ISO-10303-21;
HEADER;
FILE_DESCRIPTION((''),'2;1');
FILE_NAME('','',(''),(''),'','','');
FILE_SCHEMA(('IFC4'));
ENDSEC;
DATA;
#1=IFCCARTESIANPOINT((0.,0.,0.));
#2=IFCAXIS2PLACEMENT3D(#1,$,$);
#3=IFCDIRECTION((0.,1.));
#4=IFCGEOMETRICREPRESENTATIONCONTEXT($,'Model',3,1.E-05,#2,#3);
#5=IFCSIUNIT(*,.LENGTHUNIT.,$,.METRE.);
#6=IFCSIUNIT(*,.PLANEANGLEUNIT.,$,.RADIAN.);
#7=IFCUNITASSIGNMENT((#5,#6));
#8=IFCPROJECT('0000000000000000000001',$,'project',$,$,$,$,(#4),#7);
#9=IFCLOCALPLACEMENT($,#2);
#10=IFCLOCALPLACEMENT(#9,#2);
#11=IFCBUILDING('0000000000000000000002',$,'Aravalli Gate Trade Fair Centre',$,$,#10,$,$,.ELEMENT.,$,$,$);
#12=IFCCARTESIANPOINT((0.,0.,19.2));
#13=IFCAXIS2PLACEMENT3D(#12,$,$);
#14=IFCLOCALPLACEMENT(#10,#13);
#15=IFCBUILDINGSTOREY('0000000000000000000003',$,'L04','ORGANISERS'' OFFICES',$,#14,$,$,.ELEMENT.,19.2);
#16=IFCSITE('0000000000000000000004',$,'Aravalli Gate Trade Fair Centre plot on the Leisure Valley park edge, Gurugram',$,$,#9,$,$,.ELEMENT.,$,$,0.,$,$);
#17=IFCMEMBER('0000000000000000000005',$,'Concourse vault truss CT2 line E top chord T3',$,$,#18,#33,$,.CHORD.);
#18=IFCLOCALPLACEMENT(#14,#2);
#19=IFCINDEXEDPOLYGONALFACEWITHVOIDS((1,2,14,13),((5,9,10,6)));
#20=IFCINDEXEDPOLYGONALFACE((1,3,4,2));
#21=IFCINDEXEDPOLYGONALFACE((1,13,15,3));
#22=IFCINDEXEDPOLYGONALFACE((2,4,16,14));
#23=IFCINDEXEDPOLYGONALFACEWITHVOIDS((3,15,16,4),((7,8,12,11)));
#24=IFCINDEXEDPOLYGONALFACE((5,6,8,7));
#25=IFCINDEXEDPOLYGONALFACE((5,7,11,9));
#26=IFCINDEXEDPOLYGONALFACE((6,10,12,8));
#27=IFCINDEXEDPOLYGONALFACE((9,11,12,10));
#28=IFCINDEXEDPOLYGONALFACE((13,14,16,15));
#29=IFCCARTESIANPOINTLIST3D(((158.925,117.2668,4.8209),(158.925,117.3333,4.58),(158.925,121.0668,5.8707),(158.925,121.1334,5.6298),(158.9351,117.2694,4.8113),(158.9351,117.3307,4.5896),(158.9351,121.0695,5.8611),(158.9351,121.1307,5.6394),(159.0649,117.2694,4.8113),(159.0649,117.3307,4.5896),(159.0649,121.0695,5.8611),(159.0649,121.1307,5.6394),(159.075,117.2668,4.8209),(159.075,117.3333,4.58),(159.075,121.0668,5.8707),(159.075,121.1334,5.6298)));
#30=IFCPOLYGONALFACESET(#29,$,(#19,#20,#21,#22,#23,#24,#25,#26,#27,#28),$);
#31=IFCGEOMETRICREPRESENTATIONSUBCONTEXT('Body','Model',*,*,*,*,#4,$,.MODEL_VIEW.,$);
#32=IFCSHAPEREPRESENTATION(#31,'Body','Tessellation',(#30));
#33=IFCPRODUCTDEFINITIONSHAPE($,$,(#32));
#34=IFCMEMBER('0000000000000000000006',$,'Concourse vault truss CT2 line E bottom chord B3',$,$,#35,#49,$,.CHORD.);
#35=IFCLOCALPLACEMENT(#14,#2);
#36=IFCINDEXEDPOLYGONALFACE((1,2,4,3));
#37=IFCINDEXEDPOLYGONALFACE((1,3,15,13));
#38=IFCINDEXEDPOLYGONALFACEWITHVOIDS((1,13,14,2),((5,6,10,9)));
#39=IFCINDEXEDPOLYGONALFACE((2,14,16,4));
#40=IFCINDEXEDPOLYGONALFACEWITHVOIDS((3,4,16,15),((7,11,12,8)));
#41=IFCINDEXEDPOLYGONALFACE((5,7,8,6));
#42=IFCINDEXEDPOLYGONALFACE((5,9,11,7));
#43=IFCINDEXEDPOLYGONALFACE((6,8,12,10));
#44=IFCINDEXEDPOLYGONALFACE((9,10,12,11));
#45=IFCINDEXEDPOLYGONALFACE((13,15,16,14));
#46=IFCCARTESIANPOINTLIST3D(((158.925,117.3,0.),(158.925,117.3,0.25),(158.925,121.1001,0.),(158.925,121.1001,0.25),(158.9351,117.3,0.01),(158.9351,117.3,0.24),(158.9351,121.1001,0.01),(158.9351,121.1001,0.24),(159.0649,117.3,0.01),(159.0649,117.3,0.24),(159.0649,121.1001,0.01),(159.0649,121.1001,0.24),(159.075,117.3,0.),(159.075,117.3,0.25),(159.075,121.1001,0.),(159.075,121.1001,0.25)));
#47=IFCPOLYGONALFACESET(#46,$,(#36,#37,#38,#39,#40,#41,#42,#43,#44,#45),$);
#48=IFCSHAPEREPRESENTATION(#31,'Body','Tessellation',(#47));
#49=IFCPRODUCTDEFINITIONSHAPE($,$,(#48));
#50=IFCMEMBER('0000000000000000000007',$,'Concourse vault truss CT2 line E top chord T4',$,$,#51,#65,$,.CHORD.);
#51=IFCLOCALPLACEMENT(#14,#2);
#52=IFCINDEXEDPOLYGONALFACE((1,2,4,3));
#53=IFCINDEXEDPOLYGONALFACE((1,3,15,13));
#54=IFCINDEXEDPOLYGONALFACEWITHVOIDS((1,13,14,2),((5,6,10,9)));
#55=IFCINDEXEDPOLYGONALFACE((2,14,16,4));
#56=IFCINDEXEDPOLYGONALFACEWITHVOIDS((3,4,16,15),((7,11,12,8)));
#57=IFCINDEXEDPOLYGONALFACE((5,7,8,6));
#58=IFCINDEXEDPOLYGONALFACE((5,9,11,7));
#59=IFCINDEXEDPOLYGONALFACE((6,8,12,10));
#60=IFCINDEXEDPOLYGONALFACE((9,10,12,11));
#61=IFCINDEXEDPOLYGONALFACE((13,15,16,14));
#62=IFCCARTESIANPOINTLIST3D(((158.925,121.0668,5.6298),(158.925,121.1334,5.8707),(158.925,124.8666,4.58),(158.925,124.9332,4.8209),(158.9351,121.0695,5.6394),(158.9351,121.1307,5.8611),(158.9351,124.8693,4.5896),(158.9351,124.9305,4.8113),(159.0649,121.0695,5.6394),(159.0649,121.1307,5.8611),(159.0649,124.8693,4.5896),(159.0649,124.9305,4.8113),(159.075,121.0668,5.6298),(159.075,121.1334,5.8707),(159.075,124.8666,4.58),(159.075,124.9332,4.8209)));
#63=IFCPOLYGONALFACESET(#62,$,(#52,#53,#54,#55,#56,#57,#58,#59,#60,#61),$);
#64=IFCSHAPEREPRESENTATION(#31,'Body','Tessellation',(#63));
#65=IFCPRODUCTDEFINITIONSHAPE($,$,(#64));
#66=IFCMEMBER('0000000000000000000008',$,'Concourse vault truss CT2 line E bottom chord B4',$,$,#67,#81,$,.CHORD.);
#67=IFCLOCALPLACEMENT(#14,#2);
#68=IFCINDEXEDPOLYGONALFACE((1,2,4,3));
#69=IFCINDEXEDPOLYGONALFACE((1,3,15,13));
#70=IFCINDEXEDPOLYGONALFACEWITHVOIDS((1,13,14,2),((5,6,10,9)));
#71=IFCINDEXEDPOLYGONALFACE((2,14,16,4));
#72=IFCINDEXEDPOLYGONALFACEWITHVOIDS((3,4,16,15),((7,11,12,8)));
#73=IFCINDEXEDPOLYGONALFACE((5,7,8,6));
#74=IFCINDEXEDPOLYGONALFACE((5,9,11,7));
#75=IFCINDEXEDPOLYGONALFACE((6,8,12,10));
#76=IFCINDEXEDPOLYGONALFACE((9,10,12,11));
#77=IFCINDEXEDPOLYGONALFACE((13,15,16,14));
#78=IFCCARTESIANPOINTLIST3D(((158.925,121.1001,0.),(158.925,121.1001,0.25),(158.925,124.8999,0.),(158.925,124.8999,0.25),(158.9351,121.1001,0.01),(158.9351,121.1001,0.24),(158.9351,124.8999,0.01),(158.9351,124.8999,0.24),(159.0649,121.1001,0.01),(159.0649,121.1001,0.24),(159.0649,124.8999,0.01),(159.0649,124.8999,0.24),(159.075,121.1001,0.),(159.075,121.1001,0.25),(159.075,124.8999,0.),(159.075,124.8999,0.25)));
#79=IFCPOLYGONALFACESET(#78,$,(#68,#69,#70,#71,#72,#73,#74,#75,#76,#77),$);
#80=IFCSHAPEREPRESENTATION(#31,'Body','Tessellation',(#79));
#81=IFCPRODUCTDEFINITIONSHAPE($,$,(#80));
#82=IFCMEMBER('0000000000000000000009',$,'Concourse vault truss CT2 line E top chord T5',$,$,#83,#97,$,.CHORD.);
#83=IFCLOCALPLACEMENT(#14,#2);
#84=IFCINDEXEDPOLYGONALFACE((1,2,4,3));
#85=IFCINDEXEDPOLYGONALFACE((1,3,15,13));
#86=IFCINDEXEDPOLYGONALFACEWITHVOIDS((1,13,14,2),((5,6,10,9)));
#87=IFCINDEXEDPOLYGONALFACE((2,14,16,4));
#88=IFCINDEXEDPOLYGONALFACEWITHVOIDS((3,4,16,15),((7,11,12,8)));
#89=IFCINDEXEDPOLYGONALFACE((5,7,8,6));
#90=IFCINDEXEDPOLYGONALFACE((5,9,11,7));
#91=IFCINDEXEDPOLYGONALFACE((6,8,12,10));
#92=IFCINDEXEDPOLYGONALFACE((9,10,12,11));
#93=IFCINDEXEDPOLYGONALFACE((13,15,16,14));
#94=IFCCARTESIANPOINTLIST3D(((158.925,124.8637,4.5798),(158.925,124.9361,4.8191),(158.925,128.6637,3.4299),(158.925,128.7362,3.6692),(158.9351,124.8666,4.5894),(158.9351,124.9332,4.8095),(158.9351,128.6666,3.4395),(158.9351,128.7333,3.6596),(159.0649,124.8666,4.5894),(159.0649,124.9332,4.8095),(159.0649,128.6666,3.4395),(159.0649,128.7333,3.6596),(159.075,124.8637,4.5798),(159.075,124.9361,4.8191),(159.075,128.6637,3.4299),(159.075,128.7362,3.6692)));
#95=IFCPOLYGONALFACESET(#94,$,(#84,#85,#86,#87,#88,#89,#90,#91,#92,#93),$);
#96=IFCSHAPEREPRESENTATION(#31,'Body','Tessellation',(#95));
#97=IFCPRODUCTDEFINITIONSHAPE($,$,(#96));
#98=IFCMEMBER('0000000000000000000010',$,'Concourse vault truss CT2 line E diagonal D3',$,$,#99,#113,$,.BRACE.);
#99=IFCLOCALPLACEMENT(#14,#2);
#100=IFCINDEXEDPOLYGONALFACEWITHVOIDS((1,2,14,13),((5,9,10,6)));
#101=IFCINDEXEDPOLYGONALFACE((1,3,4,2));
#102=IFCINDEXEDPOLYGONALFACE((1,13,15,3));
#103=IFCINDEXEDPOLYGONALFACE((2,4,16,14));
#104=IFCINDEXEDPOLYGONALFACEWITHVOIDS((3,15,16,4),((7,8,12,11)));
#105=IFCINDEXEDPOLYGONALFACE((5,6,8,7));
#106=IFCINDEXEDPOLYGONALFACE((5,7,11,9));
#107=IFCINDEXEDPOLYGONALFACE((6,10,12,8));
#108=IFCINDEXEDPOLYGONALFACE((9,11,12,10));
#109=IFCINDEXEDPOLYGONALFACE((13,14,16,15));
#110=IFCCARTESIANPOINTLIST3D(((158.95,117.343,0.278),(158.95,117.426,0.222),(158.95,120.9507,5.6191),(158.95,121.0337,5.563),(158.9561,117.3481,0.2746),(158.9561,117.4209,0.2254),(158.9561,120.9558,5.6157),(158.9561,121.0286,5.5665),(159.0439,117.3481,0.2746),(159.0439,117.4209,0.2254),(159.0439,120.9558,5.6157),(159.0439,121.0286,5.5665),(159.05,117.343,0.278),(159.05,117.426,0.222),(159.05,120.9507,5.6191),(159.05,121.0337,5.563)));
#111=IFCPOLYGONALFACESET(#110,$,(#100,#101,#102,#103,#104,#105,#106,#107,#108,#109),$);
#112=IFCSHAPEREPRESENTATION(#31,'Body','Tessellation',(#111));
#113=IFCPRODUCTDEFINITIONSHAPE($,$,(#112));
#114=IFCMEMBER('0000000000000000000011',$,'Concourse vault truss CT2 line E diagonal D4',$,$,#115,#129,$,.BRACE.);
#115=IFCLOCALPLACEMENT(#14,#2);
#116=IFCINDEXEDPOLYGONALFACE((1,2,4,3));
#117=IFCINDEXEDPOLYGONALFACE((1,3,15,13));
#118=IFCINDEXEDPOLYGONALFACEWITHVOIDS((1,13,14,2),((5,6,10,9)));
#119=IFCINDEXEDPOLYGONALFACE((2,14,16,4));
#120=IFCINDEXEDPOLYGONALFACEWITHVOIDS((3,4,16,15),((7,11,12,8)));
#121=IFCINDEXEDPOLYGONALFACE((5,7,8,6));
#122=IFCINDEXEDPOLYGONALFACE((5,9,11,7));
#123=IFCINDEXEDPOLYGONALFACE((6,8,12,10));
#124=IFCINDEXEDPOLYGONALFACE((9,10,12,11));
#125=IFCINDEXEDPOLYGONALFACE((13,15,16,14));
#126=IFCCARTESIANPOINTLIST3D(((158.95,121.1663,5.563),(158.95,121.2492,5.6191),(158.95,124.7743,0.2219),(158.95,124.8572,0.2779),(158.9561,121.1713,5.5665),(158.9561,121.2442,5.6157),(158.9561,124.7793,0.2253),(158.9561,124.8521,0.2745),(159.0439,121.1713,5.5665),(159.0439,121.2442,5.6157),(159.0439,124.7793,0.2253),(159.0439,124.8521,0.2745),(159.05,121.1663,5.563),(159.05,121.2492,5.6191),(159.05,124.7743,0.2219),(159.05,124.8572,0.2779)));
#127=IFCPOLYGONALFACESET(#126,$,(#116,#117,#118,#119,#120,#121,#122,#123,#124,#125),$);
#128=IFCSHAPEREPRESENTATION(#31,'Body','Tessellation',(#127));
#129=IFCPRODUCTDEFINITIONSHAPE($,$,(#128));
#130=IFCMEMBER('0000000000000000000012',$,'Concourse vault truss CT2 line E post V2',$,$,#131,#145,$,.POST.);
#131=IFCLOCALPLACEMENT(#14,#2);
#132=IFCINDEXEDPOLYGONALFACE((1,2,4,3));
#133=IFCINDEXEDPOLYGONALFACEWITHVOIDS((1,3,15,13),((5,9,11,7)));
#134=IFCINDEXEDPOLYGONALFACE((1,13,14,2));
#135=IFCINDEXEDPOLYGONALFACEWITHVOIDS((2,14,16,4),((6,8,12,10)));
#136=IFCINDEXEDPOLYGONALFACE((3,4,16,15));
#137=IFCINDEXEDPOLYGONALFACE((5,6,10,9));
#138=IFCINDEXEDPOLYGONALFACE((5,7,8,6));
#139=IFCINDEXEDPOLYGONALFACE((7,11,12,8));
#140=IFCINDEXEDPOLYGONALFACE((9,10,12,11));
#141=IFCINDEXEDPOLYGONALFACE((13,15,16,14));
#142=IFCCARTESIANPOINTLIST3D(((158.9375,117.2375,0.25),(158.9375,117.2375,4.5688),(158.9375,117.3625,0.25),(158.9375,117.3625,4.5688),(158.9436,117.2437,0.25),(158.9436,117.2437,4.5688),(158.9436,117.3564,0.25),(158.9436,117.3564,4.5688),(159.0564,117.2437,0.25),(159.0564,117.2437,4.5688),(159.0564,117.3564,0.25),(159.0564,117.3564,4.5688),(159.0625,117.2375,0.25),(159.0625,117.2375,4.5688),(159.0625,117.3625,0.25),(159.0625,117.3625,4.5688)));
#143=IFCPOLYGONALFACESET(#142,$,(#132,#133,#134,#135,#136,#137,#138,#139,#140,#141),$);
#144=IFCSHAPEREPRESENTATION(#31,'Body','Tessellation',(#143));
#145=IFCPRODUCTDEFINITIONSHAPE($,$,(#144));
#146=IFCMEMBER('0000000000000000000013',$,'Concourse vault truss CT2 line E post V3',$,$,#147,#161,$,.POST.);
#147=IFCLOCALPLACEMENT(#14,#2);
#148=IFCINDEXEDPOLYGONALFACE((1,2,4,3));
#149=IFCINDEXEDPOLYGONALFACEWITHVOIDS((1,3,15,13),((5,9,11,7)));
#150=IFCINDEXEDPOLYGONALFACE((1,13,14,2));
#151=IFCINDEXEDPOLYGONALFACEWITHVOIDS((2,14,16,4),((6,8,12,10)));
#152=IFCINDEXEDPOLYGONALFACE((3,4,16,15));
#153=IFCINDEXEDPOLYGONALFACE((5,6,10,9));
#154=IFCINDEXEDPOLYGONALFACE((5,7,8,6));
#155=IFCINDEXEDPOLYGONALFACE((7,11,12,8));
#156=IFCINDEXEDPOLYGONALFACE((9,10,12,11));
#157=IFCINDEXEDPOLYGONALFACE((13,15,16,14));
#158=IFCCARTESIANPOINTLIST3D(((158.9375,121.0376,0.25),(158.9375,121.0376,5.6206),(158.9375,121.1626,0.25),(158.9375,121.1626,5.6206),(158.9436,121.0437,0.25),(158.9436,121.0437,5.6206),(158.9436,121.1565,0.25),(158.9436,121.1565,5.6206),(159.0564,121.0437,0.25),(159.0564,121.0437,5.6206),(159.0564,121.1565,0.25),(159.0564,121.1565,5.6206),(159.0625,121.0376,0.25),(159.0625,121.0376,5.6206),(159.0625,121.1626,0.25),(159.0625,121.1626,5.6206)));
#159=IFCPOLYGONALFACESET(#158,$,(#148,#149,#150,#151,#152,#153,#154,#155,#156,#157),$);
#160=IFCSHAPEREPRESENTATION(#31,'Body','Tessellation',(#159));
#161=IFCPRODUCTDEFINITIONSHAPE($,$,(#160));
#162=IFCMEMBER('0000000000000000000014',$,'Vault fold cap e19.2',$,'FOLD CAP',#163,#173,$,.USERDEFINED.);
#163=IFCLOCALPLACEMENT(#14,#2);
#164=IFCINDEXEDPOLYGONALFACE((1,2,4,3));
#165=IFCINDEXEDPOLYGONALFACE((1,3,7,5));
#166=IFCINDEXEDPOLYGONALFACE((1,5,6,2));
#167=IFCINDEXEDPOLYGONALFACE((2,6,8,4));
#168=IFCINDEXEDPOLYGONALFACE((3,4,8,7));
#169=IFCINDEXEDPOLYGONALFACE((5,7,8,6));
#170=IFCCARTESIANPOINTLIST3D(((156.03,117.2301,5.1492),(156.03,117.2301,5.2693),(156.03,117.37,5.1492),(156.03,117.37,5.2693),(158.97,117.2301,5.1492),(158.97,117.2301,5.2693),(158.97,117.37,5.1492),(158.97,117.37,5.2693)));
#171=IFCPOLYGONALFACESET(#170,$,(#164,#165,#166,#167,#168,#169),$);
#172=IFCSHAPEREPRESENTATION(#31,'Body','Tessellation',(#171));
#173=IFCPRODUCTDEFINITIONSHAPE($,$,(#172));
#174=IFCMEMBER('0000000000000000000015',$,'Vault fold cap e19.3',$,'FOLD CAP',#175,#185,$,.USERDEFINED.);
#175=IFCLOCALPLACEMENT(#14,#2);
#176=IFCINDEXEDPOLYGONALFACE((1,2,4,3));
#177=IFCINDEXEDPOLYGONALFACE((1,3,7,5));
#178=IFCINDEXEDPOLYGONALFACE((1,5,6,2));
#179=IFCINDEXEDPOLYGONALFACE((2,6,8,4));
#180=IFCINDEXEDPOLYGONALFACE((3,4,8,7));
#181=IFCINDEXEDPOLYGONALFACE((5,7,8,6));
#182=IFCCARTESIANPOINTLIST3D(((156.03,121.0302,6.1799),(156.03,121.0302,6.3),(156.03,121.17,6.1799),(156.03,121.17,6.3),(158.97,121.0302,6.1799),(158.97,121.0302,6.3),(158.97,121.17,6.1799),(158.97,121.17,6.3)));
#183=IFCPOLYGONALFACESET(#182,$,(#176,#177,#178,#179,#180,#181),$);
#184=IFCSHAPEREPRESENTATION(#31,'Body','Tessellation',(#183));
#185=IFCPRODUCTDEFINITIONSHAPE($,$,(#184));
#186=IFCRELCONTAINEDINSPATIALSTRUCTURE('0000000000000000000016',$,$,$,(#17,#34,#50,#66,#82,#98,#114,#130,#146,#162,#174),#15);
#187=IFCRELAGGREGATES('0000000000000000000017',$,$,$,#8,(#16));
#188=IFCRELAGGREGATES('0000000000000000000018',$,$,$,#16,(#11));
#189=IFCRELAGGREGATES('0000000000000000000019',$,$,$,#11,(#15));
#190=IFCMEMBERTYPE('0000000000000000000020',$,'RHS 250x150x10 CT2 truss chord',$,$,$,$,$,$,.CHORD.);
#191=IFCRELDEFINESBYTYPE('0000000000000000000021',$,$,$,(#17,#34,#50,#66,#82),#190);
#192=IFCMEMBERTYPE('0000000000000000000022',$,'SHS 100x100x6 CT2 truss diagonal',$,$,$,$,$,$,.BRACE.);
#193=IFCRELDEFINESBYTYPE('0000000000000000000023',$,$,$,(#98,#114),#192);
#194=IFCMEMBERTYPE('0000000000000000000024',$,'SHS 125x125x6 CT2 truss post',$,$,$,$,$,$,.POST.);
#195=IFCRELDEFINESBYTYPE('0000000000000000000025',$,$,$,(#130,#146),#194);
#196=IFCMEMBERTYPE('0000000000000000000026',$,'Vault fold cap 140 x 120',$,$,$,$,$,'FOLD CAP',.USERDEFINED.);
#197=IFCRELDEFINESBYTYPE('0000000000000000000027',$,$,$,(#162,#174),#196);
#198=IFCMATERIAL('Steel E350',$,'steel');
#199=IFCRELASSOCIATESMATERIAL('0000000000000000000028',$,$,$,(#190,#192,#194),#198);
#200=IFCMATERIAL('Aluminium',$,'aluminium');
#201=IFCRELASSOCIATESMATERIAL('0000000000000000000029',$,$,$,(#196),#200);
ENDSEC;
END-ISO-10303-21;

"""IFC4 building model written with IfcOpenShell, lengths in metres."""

from ifc_helpers import new_model, si_unit, direction, frame, origin, origin_2d, place, context, subcontext, project, spatial, rectangle, hollow_rectangle, extrude, material, material_profile, profile_set, type_object, element, save


model = new_model("IFC4")

# Units and contexts
model_context = context("Model", 3, precision=1e-05, world=origin(), true_north=direction((0.0, 1.0)))
body_context = subcontext(model_context, "Body", "Model", "MODEL_VIEW")
ifc_project = project(units=[si_unit("LENGTHUNIT", "METRE"), si_unit("PLANEANGLEUNIT", "RADIAN")], contexts=[model_context])

# Site, building, storey
site_placement = place(None, origin())
site = spatial("IfcSite", under=ifc_project, at=site_placement, Name="Aravalli Gate Trade Fair Centre plot on the Leisure Valley park edge, Gurugram", CompositionType="ELEMENT", RefElevation=0.0)
building_placement = place(site_placement, origin())
building = spatial("IfcBuilding", under=site, at=building_placement, Name="Aravalli Gate Trade Fair Centre", CompositionType="ELEMENT")
storey_placement = place(building_placement, frame((0.0, 0.0, 19.2)))
storey = spatial("IfcBuildingStorey", under=building, at=storey_placement, Name="L04", Description="ORGANISERS' OFFICES", CompositionType="ELEMENT", Elevation=19.2)

# Members
ifc_material_1 = material(Name="Steel E350", Category="steel")
ifc_material_profile_1 = material_profile(ifc_material_1, hollow_rectangle(XDim=0.1499, YDim=0.25, WallThickness=0.01, at=origin_2d()), Name="RHS 250x150x10")
ifc_profile_set_1 = profile_set([ifc_material_profile_1], Name="Steel E350")
member_type_1 = type_object("IfcMemberType", Name="RHS 250x150x10 CT2 truss chord", PredefinedType="CHORD", material=ifc_profile_set_1)
member_1_placement = place(storey_placement, frame((159.0, 117.3, 4.7004), z_axis=(0.0, 0.963894, 0.266286), x_axis=(-1.0, 0.0, 0.0)))
element("IfcMember", 1, at=member_1_placement, inside=storey, type_object=member_type_1, Name="Concourse vault truss CT2 line E top chord T3", PredefinedType="CHORD", context=body_context, shape_type="SweptSolid", body=[
    extrude(hollow_rectangle(XDim=0.1499, YDim=0.25, WallThickness=0.01, at=origin_2d()), origin(), (0.0, 0.0, 1.0), 3.9424),
])
member_2_placement = place(storey_placement, frame((159.0, 117.3, 0.125), z_axis=(0.0, 1.0, 0.0), x_axis=(-1.0, 0.0, 0.0)))
element("IfcMember", 2, at=member_2_placement, inside=storey, type_object=member_type_1, Name="Concourse vault truss CT2 line E bottom chord B3", PredefinedType="CHORD", context=body_context, shape_type="SweptSolid", body=[
    extrude(hollow_rectangle(XDim=0.1499, YDim=0.25, WallThickness=0.01, at=origin_2d()), origin(), (0.0, 0.0, 1.0), 3.8),
])
member_3_placement = place(storey_placement, frame((159.0, 121.1001, 5.7502), z_axis=(0.0, 0.96389, -0.266302), x_axis=(-1.0, 0.0, 0.0)))
element("IfcMember", 3, at=member_3_placement, inside=storey, type_object=member_type_1, Name="Concourse vault truss CT2 line E top chord T4", PredefinedType="CHORD", context=body_context, shape_type="SweptSolid", body=[
    extrude(hollow_rectangle(XDim=0.1499, YDim=0.25, WallThickness=0.01, at=origin_2d()), origin(), (0.0, 0.0, 1.0), 3.9421),
])
member_4_placement = place(storey_placement, frame((159.0, 121.1001, 0.125), z_axis=(0.0, 1.0, 0.0), x_axis=(-1.0, 0.0, 0.0)))
element("IfcMember", 4, at=member_4_placement, inside=storey, type_object=member_type_1, Name="Concourse vault truss CT2 line E bottom chord B4", PredefinedType="CHORD", context=body_context, shape_type="SweptSolid", body=[
    extrude(hollow_rectangle(XDim=0.1499, YDim=0.25, WallThickness=0.01, at=origin_2d()), origin(), (0.0, 0.0, 1.0), 3.7998),
])
member_5_placement = place(storey_placement, frame((159.0, 124.8999, 4.6995), z_axis=(0.0, 0.957138, -0.289632), x_axis=(-1.0, 0.0, 0.0)))
element("IfcMember", 5, at=member_5_placement, inside=storey, type_object=member_type_1, Name="Concourse vault truss CT2 line E top chord T5", PredefinedType="CHORD", context=body_context, shape_type="SweptSolid", body=[
    extrude(hollow_rectangle(XDim=0.1499, YDim=0.25, WallThickness=0.01, at=origin_2d()), origin(), (0.0, 0.0, 1.0), 3.9702),
])
ifc_material_profile_2 = material_profile(ifc_material_1, hollow_rectangle(XDim=0.1001, YDim=0.1001, WallThickness=0.0061, at=origin_2d()), Name="SHS 100x100x6")
ifc_profile_set_2 = profile_set([ifc_material_profile_2], Name="Steel E350")
member_type_2 = type_object("IfcMemberType", Name="SHS 100x100x6 CT2 truss diagonal", PredefinedType="BRACE", material=ifc_profile_set_2)
member_6_placement = place(storey_placement, frame((159.0, 117.3845, 0.25), z_axis=(0.0, 0.559734, 0.828673), x_axis=(-1.0, 0.0, 0.0)))
element("IfcMember", 6, at=member_6_placement, inside=storey, type_object=member_type_2, Name="Concourse vault truss CT2 line E diagonal D3", PredefinedType="BRACE", context=body_context, shape_type="SweptSolid", body=[
    extrude(hollow_rectangle(XDim=0.1001, YDim=0.1001, WallThickness=0.0061, at=origin_2d()), origin(), (0.0, 0.0, 1.0), 6.4453),
])
member_7_placement = place(storey_placement, frame((159.0, 121.2078, 5.5911), z_axis=(0.0, 0.55976, -0.828655), x_axis=(-1.0, 0.0, 0.0)))
element("IfcMember", 7, at=member_7_placement, inside=storey, type_object=member_type_2, Name="Concourse vault truss CT2 line E diagonal D4", PredefinedType="BRACE", context=body_context, shape_type="SweptSolid", body=[
    extrude(hollow_rectangle(XDim=0.1001, YDim=0.1001, WallThickness=0.0061, at=origin_2d()), origin(), (0.0, 0.0, 1.0), 6.4456),
])
ifc_material_profile_3 = material_profile(ifc_material_1, hollow_rectangle(XDim=0.125, YDim=0.125, WallThickness=0.0061, at=origin_2d()), Name="SHS 125x125x6")
ifc_profile_set_3 = profile_set([ifc_material_profile_3], Name="Steel E350")
member_type_3 = type_object("IfcMemberType", Name="SHS 125x125x6 CT2 truss post", PredefinedType="POST", material=ifc_profile_set_3)
member_8_placement = place(storey_placement, frame((159.0, 117.3, 0.25), z_axis=(0.0, 0.0, 1.0), x_axis=(1.0, 0.0, 0.0)))
element("IfcMember", 8, at=member_8_placement, inside=storey, type_object=member_type_3, Name="Concourse vault truss CT2 line E post V2", PredefinedType="POST", context=body_context, shape_type="SweptSolid", body=[
    extrude(hollow_rectangle(XDim=0.125, YDim=0.125, WallThickness=0.0061, at=origin_2d()), origin(), (0.0, 0.0, 1.0), 4.3188),
])
member_9_placement = place(storey_placement, frame((159.0, 121.1001, 0.25), z_axis=(0.0, 0.0, 1.0), x_axis=(1.0, 0.0, 0.0)))
element("IfcMember", 9, at=member_9_placement, inside=storey, type_object=member_type_3, Name="Concourse vault truss CT2 line E post V3", PredefinedType="POST", context=body_context, shape_type="SweptSolid", body=[
    extrude(hollow_rectangle(XDim=0.125, YDim=0.125, WallThickness=0.0061, at=origin_2d()), origin(), (0.0, 0.0, 1.0), 5.3706),
])
ifc_material_2 = material(Name="Aluminium", Category="aluminium")
ifc_material_profile_4 = material_profile(ifc_material_2, rectangle(XDim=0.1399, YDim=0.1201, at=origin_2d()), Name="Vault fold cap 140 x 120")
ifc_profile_set_4 = profile_set([ifc_material_profile_4], Name="Aluminium")
member_type_4 = type_object("IfcMemberType", Name="Vault fold cap 140 x 120", ElementType="FOLD CAP", PredefinedType="USERDEFINED", material=ifc_profile_set_4)
for number, where, z_axis, x_axis, name in (
    (10, (156.03, 117.3, 5.2092), (1.0, 0.0, 0.0), (0.0, 1.0, 0.0), "Vault fold cap e19.2"),
    (11, (156.03, 121.1001, 6.24), (1.0, 0.0, 0.0), (0.0, 1.0, 0.0), "Vault fold cap e19.3"),
):
    element("IfcMember", number, at=place(storey_placement, frame(where, z_axis=z_axis, x_axis=x_axis)), inside=storey, type_object=member_type_4, Name=name, ObjectType="FOLD CAP", PredefinedType="USERDEFINED", context=body_context, shape_type="SweptSolid", body=[
        extrude(rectangle(XDim=0.1399, YDim=0.1201, at=origin_2d()), origin(), (0.0, 0.0, 1.0), 2.9399),
    ])

save(model, "model.ifc")
